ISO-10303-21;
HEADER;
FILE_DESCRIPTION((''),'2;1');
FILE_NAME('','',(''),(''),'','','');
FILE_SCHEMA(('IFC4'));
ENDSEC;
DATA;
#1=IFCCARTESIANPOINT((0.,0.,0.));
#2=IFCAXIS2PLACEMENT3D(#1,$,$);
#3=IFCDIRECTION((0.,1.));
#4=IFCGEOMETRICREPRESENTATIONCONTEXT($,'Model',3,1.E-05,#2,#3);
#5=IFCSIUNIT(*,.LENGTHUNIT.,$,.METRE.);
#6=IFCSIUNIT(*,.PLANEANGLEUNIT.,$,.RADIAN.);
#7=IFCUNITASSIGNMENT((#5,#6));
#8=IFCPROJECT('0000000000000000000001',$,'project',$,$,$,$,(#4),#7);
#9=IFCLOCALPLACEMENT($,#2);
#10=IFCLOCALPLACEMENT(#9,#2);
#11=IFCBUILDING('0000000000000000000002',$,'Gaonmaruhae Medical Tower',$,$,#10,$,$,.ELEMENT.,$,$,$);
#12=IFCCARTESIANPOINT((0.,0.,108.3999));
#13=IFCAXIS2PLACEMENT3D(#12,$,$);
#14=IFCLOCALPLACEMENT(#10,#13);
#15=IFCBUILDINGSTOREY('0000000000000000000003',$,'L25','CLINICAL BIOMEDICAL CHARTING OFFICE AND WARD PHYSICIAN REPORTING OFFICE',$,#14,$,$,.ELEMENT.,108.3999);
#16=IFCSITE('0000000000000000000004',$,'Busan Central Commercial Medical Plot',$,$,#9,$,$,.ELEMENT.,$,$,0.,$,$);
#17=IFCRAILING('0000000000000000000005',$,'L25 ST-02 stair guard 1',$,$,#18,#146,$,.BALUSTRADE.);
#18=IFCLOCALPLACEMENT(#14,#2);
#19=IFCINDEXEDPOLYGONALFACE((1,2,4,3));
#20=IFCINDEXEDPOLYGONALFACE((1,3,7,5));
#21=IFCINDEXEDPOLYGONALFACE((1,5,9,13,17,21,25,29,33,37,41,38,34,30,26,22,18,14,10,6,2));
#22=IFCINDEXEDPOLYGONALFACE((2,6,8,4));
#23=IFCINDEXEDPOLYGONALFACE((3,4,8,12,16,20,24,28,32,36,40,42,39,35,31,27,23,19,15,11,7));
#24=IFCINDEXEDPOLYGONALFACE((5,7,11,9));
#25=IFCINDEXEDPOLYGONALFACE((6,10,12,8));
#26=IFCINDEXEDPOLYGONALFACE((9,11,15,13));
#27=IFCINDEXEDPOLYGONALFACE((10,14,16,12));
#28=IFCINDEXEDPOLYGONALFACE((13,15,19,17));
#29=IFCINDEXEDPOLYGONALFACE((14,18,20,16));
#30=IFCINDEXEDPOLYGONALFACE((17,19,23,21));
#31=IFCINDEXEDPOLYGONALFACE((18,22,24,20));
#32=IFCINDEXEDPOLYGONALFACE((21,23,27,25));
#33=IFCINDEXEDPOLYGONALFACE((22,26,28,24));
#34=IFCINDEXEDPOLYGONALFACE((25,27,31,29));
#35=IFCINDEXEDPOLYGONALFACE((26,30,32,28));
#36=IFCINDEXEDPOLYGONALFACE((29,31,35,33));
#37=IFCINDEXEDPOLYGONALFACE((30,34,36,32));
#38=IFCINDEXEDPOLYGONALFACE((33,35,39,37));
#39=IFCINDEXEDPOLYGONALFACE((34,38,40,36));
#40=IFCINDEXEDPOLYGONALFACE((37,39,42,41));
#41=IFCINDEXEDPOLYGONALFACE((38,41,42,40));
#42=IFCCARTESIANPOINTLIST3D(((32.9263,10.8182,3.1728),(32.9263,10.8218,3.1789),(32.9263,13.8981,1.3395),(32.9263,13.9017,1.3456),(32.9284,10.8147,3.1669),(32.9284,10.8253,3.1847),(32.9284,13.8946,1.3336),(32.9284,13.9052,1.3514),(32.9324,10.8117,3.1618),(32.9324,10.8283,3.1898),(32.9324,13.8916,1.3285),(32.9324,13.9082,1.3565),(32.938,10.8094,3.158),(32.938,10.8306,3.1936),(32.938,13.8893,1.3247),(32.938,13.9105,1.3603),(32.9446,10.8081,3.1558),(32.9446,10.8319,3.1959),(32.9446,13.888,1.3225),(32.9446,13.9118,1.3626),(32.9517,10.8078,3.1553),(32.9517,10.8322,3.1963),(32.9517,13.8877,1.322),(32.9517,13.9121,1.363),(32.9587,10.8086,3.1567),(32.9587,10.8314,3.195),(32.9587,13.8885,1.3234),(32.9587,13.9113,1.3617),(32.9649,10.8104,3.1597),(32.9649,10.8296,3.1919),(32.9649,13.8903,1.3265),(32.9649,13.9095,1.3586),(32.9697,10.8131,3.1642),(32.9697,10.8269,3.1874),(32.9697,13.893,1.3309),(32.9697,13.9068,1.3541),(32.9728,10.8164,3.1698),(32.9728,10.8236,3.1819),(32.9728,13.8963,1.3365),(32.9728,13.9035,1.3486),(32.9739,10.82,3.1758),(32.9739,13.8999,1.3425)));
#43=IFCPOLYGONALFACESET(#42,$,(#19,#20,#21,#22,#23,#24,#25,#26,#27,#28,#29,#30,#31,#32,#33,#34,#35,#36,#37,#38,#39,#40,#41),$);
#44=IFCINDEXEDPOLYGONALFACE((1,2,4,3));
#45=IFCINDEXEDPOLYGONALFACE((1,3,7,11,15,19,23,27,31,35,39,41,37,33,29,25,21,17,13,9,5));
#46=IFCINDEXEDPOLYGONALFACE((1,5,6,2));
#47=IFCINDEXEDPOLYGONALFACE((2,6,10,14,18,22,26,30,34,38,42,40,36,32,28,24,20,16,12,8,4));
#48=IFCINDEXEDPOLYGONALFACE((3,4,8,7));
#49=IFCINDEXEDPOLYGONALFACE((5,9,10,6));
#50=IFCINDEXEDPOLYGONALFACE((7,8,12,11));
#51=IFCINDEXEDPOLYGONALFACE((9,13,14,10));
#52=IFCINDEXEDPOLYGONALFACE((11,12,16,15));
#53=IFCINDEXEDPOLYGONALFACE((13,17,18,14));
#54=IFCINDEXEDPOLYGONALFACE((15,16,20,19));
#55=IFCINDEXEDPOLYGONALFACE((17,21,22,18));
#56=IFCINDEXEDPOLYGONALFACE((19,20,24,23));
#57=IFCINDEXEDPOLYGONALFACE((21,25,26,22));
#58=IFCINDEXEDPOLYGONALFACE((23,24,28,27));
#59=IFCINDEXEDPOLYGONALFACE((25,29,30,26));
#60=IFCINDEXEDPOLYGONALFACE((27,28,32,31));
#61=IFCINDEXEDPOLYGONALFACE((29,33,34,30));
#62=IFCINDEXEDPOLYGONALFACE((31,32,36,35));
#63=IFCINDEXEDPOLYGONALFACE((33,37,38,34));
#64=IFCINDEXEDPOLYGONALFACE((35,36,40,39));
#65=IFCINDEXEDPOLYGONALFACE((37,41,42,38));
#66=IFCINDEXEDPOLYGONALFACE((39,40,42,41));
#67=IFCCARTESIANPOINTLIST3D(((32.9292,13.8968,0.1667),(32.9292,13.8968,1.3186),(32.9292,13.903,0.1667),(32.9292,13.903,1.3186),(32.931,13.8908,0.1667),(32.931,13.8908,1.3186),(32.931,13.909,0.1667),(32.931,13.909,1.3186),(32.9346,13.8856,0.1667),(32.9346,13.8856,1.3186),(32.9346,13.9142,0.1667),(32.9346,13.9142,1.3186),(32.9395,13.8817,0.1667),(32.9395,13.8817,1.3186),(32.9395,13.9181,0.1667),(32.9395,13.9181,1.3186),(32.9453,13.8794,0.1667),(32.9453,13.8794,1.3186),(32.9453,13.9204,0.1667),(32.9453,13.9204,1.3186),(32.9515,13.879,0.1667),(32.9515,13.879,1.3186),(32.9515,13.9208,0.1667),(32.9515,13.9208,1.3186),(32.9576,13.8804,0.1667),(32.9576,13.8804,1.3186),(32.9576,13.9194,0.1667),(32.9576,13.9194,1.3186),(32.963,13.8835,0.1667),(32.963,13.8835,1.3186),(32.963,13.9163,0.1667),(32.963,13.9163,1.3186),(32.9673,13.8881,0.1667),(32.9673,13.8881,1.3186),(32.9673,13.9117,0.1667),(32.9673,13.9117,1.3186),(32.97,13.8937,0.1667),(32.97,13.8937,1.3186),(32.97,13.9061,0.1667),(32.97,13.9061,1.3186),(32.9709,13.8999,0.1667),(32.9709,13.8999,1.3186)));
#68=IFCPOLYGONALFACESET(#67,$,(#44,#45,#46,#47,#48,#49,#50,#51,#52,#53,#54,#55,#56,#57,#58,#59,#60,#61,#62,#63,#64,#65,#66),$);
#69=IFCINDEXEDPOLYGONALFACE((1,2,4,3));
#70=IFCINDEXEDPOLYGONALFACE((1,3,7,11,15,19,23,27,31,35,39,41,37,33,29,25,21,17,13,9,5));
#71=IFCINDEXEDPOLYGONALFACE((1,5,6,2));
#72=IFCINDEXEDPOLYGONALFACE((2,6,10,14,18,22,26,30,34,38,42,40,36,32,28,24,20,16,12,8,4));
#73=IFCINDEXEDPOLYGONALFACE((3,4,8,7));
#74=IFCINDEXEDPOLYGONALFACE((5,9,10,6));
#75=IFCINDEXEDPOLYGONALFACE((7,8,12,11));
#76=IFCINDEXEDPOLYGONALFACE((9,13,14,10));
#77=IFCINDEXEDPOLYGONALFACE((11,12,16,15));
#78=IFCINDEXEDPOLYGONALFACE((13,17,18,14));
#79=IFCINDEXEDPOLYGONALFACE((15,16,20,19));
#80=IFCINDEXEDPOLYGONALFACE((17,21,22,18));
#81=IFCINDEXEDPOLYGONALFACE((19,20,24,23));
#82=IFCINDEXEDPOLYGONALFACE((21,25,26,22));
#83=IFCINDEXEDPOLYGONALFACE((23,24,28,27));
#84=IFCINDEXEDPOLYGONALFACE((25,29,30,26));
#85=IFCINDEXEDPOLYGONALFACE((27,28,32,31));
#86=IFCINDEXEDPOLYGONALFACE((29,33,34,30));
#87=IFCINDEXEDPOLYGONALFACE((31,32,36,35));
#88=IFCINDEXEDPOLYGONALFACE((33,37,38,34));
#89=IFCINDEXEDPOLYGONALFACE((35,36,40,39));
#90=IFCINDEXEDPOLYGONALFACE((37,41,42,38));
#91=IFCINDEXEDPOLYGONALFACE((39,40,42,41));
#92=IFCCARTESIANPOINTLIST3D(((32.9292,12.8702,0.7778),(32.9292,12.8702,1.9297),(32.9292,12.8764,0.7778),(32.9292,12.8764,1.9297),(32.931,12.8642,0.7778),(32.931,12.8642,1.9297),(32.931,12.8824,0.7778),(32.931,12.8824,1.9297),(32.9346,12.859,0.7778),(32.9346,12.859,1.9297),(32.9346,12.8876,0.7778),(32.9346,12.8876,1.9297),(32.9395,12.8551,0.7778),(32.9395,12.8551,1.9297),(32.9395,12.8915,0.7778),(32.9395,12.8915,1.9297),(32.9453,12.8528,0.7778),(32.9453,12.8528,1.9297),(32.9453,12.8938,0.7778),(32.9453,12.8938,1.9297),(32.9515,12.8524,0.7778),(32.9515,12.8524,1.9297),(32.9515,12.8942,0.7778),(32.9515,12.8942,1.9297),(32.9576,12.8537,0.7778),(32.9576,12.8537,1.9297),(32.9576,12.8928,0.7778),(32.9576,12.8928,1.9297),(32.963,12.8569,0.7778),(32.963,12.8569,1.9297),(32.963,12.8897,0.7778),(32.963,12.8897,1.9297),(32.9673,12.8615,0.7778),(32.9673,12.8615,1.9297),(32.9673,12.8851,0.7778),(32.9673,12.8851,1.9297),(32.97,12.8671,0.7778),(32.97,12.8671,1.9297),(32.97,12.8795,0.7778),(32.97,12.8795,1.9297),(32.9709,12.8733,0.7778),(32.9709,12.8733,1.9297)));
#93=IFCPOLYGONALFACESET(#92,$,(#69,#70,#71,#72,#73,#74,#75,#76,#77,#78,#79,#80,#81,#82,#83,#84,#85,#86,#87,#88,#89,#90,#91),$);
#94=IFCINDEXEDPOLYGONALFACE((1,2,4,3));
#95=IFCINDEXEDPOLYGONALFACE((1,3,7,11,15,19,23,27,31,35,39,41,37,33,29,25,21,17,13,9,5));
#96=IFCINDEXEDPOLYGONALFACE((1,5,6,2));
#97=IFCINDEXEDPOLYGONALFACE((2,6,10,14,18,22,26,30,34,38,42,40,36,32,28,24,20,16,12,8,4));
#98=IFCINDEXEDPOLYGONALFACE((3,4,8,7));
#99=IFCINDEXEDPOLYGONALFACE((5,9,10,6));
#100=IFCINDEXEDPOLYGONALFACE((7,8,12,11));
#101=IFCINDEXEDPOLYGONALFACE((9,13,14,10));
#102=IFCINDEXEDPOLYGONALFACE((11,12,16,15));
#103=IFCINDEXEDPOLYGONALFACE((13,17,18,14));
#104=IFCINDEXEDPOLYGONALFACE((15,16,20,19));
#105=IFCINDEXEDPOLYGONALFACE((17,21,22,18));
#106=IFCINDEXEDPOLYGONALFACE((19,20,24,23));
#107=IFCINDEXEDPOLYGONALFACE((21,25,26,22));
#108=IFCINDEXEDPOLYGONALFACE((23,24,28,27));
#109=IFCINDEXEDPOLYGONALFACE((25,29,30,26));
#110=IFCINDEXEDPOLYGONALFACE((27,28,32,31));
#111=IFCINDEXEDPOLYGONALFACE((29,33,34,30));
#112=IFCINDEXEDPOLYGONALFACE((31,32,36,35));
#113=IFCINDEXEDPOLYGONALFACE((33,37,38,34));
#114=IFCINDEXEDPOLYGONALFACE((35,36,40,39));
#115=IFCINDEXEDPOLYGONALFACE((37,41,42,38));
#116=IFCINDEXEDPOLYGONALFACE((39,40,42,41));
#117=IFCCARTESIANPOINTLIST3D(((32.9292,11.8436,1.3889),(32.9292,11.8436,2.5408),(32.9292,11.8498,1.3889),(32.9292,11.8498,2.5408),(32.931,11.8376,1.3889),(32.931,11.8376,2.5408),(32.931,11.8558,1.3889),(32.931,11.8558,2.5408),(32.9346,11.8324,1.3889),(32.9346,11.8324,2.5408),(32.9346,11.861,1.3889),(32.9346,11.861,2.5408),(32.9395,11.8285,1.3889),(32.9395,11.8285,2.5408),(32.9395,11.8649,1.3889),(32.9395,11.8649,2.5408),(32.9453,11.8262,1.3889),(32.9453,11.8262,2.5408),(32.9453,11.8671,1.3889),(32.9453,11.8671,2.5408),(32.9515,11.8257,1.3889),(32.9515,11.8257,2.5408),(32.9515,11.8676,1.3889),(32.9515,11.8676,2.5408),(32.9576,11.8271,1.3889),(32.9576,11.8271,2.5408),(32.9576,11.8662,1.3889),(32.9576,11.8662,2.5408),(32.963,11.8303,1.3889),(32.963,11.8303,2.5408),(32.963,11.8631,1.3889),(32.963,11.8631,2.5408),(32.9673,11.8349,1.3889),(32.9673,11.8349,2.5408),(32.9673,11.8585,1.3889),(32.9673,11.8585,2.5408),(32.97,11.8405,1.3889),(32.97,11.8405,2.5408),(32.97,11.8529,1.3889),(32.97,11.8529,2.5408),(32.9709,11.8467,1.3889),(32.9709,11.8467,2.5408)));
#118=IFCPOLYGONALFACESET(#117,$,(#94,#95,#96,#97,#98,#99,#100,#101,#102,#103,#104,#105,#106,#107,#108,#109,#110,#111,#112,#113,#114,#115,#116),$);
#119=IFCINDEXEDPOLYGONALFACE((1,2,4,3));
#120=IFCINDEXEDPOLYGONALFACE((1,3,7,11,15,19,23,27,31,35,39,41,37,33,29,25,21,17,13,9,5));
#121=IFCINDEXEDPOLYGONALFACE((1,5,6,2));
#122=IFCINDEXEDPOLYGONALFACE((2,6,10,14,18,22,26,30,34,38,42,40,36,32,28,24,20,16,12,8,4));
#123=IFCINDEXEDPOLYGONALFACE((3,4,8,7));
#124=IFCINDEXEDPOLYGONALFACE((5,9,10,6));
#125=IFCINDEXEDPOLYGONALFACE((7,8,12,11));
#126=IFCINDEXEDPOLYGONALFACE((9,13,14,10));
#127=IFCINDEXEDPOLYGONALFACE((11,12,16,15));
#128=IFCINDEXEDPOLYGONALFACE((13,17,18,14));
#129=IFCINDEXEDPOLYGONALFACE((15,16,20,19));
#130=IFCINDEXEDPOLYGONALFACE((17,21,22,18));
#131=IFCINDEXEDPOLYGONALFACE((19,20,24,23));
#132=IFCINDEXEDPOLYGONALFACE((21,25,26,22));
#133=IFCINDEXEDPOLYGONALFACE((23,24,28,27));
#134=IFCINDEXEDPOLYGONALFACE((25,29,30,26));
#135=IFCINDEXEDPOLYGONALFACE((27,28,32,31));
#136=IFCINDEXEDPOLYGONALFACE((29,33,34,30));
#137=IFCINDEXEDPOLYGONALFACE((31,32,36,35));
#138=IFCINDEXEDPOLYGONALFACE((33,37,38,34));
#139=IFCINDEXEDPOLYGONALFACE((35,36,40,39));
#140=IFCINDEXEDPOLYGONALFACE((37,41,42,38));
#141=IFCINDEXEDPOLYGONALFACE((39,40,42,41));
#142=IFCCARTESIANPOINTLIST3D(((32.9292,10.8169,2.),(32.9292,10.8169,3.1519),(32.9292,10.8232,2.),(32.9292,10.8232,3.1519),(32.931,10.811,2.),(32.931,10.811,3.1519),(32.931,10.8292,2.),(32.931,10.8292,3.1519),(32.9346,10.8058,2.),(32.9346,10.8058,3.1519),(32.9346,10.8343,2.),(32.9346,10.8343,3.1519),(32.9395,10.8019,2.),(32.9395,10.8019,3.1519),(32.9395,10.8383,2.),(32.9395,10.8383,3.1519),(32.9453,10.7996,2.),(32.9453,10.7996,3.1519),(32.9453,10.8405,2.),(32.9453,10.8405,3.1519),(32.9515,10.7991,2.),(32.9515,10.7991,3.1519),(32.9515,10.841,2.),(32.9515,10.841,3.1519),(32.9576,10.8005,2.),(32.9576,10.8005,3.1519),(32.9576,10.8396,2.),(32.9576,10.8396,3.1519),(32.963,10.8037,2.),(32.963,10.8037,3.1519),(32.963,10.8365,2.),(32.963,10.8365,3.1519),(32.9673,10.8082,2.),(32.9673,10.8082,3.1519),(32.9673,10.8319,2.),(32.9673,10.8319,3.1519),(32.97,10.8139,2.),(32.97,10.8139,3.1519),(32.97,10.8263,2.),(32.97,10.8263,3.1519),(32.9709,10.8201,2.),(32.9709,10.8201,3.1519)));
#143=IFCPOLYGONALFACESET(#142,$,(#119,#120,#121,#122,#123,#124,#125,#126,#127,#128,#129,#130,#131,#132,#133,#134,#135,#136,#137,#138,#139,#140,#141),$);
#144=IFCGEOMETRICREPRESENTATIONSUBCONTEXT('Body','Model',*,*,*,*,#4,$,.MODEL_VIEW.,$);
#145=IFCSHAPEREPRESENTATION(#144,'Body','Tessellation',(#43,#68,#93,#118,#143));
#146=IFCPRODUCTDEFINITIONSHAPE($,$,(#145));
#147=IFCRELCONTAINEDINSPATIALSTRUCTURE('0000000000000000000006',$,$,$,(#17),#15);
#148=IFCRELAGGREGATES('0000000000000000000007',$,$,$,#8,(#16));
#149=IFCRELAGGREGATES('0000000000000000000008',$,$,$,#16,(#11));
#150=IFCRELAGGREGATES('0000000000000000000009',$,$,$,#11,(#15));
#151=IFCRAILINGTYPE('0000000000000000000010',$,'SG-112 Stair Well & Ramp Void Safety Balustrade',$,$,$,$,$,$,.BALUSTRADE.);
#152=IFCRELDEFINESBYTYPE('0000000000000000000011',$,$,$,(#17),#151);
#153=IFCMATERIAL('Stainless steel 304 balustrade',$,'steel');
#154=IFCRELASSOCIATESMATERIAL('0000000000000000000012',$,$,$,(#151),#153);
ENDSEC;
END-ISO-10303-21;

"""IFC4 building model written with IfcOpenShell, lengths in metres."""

from ifc_helpers import new_model, si_unit, direction, frame, origin, origin_2d, place, context, subcontext, project, spatial, circle, extrude, material, type_object, element, save


model = new_model("IFC4")

# Units and contexts
model_context = context("Model", 3, precision=1e-05, world=origin(), true_north=direction((0.0, 1.0)))
body_context = subcontext(model_context, "Body", "Model", "MODEL_VIEW")
ifc_project = project(units=[si_unit("LENGTHUNIT", "METRE"), si_unit("PLANEANGLEUNIT", "RADIAN")], contexts=[model_context])

# Site, building, storey
site_placement = place(None, origin())
site = spatial("IfcSite", under=ifc_project, at=site_placement, Name="Busan Central Commercial Medical Plot", CompositionType="ELEMENT", RefElevation=0.0)
building_placement = place(site_placement, origin())
building = spatial("IfcBuilding", under=site, at=building_placement, Name="Gaonmaruhae Medical Tower", CompositionType="ELEMENT")
storey_placement = place(building_placement, frame((0.0, 0.0, 108.3999)))
storey = spatial("IfcBuildingStorey", under=building, at=storey_placement, Name="L25", Description="CLINICAL BIOMEDICAL CHARTING OFFICE AND WARD PHYSICIAN REPORTING OFFICE", CompositionType="ELEMENT", Elevation=108.3999)

# Railing
ifc_material_1 = material(Name="Stainless steel 304 balustrade", Category="steel")
railing_type_1 = type_object("IfcRailingType", Name="SG-112 Stair Well & Ramp Void Safety Balustrade", PredefinedType="BALUSTRADE", material=ifc_material_1)
railing_1_placement = place(storey_placement, frame((32.95, 13.8999, 0.1667)))
element("IfcRailing", 1, at=railing_1_placement, inside=storey, type_object=railing_type_1, Name="L25 ST-02 stair guard 1", PredefinedType="BALUSTRADE", context=body_context, shape_type="SweptSolid", body=[
    extrude(circle(Radius=0.0239, at=origin_2d()), frame((0.0, 0.0, 1.1758), z_axis=(0.0, -0.859291, 0.511487), x_axis=(1.0, 0.0, 0.0)), (0.0, 0.0, 1.0), 3.5842),
    extrude(circle(Radius=0.021, at=origin_2d()), origin(), (0.0, 0.0, 1.0), 1.1519),
    extrude(circle(Radius=0.021, at=origin_2d()), frame((0.0, -1.0266, 0.6111)), (0.0, 0.0, 1.0), 1.1519),
    extrude(circle(Radius=0.021, at=origin_2d()), frame((0.0, -2.0532, 1.2222)), (0.0, 0.0, 1.0), 1.1519),
    extrude(circle(Radius=0.021, at=origin_2d()), frame((0.0, -3.0798, 1.8333)), (0.0, 0.0, 1.0), 1.1519),
])

save(model, "model.ifc")
